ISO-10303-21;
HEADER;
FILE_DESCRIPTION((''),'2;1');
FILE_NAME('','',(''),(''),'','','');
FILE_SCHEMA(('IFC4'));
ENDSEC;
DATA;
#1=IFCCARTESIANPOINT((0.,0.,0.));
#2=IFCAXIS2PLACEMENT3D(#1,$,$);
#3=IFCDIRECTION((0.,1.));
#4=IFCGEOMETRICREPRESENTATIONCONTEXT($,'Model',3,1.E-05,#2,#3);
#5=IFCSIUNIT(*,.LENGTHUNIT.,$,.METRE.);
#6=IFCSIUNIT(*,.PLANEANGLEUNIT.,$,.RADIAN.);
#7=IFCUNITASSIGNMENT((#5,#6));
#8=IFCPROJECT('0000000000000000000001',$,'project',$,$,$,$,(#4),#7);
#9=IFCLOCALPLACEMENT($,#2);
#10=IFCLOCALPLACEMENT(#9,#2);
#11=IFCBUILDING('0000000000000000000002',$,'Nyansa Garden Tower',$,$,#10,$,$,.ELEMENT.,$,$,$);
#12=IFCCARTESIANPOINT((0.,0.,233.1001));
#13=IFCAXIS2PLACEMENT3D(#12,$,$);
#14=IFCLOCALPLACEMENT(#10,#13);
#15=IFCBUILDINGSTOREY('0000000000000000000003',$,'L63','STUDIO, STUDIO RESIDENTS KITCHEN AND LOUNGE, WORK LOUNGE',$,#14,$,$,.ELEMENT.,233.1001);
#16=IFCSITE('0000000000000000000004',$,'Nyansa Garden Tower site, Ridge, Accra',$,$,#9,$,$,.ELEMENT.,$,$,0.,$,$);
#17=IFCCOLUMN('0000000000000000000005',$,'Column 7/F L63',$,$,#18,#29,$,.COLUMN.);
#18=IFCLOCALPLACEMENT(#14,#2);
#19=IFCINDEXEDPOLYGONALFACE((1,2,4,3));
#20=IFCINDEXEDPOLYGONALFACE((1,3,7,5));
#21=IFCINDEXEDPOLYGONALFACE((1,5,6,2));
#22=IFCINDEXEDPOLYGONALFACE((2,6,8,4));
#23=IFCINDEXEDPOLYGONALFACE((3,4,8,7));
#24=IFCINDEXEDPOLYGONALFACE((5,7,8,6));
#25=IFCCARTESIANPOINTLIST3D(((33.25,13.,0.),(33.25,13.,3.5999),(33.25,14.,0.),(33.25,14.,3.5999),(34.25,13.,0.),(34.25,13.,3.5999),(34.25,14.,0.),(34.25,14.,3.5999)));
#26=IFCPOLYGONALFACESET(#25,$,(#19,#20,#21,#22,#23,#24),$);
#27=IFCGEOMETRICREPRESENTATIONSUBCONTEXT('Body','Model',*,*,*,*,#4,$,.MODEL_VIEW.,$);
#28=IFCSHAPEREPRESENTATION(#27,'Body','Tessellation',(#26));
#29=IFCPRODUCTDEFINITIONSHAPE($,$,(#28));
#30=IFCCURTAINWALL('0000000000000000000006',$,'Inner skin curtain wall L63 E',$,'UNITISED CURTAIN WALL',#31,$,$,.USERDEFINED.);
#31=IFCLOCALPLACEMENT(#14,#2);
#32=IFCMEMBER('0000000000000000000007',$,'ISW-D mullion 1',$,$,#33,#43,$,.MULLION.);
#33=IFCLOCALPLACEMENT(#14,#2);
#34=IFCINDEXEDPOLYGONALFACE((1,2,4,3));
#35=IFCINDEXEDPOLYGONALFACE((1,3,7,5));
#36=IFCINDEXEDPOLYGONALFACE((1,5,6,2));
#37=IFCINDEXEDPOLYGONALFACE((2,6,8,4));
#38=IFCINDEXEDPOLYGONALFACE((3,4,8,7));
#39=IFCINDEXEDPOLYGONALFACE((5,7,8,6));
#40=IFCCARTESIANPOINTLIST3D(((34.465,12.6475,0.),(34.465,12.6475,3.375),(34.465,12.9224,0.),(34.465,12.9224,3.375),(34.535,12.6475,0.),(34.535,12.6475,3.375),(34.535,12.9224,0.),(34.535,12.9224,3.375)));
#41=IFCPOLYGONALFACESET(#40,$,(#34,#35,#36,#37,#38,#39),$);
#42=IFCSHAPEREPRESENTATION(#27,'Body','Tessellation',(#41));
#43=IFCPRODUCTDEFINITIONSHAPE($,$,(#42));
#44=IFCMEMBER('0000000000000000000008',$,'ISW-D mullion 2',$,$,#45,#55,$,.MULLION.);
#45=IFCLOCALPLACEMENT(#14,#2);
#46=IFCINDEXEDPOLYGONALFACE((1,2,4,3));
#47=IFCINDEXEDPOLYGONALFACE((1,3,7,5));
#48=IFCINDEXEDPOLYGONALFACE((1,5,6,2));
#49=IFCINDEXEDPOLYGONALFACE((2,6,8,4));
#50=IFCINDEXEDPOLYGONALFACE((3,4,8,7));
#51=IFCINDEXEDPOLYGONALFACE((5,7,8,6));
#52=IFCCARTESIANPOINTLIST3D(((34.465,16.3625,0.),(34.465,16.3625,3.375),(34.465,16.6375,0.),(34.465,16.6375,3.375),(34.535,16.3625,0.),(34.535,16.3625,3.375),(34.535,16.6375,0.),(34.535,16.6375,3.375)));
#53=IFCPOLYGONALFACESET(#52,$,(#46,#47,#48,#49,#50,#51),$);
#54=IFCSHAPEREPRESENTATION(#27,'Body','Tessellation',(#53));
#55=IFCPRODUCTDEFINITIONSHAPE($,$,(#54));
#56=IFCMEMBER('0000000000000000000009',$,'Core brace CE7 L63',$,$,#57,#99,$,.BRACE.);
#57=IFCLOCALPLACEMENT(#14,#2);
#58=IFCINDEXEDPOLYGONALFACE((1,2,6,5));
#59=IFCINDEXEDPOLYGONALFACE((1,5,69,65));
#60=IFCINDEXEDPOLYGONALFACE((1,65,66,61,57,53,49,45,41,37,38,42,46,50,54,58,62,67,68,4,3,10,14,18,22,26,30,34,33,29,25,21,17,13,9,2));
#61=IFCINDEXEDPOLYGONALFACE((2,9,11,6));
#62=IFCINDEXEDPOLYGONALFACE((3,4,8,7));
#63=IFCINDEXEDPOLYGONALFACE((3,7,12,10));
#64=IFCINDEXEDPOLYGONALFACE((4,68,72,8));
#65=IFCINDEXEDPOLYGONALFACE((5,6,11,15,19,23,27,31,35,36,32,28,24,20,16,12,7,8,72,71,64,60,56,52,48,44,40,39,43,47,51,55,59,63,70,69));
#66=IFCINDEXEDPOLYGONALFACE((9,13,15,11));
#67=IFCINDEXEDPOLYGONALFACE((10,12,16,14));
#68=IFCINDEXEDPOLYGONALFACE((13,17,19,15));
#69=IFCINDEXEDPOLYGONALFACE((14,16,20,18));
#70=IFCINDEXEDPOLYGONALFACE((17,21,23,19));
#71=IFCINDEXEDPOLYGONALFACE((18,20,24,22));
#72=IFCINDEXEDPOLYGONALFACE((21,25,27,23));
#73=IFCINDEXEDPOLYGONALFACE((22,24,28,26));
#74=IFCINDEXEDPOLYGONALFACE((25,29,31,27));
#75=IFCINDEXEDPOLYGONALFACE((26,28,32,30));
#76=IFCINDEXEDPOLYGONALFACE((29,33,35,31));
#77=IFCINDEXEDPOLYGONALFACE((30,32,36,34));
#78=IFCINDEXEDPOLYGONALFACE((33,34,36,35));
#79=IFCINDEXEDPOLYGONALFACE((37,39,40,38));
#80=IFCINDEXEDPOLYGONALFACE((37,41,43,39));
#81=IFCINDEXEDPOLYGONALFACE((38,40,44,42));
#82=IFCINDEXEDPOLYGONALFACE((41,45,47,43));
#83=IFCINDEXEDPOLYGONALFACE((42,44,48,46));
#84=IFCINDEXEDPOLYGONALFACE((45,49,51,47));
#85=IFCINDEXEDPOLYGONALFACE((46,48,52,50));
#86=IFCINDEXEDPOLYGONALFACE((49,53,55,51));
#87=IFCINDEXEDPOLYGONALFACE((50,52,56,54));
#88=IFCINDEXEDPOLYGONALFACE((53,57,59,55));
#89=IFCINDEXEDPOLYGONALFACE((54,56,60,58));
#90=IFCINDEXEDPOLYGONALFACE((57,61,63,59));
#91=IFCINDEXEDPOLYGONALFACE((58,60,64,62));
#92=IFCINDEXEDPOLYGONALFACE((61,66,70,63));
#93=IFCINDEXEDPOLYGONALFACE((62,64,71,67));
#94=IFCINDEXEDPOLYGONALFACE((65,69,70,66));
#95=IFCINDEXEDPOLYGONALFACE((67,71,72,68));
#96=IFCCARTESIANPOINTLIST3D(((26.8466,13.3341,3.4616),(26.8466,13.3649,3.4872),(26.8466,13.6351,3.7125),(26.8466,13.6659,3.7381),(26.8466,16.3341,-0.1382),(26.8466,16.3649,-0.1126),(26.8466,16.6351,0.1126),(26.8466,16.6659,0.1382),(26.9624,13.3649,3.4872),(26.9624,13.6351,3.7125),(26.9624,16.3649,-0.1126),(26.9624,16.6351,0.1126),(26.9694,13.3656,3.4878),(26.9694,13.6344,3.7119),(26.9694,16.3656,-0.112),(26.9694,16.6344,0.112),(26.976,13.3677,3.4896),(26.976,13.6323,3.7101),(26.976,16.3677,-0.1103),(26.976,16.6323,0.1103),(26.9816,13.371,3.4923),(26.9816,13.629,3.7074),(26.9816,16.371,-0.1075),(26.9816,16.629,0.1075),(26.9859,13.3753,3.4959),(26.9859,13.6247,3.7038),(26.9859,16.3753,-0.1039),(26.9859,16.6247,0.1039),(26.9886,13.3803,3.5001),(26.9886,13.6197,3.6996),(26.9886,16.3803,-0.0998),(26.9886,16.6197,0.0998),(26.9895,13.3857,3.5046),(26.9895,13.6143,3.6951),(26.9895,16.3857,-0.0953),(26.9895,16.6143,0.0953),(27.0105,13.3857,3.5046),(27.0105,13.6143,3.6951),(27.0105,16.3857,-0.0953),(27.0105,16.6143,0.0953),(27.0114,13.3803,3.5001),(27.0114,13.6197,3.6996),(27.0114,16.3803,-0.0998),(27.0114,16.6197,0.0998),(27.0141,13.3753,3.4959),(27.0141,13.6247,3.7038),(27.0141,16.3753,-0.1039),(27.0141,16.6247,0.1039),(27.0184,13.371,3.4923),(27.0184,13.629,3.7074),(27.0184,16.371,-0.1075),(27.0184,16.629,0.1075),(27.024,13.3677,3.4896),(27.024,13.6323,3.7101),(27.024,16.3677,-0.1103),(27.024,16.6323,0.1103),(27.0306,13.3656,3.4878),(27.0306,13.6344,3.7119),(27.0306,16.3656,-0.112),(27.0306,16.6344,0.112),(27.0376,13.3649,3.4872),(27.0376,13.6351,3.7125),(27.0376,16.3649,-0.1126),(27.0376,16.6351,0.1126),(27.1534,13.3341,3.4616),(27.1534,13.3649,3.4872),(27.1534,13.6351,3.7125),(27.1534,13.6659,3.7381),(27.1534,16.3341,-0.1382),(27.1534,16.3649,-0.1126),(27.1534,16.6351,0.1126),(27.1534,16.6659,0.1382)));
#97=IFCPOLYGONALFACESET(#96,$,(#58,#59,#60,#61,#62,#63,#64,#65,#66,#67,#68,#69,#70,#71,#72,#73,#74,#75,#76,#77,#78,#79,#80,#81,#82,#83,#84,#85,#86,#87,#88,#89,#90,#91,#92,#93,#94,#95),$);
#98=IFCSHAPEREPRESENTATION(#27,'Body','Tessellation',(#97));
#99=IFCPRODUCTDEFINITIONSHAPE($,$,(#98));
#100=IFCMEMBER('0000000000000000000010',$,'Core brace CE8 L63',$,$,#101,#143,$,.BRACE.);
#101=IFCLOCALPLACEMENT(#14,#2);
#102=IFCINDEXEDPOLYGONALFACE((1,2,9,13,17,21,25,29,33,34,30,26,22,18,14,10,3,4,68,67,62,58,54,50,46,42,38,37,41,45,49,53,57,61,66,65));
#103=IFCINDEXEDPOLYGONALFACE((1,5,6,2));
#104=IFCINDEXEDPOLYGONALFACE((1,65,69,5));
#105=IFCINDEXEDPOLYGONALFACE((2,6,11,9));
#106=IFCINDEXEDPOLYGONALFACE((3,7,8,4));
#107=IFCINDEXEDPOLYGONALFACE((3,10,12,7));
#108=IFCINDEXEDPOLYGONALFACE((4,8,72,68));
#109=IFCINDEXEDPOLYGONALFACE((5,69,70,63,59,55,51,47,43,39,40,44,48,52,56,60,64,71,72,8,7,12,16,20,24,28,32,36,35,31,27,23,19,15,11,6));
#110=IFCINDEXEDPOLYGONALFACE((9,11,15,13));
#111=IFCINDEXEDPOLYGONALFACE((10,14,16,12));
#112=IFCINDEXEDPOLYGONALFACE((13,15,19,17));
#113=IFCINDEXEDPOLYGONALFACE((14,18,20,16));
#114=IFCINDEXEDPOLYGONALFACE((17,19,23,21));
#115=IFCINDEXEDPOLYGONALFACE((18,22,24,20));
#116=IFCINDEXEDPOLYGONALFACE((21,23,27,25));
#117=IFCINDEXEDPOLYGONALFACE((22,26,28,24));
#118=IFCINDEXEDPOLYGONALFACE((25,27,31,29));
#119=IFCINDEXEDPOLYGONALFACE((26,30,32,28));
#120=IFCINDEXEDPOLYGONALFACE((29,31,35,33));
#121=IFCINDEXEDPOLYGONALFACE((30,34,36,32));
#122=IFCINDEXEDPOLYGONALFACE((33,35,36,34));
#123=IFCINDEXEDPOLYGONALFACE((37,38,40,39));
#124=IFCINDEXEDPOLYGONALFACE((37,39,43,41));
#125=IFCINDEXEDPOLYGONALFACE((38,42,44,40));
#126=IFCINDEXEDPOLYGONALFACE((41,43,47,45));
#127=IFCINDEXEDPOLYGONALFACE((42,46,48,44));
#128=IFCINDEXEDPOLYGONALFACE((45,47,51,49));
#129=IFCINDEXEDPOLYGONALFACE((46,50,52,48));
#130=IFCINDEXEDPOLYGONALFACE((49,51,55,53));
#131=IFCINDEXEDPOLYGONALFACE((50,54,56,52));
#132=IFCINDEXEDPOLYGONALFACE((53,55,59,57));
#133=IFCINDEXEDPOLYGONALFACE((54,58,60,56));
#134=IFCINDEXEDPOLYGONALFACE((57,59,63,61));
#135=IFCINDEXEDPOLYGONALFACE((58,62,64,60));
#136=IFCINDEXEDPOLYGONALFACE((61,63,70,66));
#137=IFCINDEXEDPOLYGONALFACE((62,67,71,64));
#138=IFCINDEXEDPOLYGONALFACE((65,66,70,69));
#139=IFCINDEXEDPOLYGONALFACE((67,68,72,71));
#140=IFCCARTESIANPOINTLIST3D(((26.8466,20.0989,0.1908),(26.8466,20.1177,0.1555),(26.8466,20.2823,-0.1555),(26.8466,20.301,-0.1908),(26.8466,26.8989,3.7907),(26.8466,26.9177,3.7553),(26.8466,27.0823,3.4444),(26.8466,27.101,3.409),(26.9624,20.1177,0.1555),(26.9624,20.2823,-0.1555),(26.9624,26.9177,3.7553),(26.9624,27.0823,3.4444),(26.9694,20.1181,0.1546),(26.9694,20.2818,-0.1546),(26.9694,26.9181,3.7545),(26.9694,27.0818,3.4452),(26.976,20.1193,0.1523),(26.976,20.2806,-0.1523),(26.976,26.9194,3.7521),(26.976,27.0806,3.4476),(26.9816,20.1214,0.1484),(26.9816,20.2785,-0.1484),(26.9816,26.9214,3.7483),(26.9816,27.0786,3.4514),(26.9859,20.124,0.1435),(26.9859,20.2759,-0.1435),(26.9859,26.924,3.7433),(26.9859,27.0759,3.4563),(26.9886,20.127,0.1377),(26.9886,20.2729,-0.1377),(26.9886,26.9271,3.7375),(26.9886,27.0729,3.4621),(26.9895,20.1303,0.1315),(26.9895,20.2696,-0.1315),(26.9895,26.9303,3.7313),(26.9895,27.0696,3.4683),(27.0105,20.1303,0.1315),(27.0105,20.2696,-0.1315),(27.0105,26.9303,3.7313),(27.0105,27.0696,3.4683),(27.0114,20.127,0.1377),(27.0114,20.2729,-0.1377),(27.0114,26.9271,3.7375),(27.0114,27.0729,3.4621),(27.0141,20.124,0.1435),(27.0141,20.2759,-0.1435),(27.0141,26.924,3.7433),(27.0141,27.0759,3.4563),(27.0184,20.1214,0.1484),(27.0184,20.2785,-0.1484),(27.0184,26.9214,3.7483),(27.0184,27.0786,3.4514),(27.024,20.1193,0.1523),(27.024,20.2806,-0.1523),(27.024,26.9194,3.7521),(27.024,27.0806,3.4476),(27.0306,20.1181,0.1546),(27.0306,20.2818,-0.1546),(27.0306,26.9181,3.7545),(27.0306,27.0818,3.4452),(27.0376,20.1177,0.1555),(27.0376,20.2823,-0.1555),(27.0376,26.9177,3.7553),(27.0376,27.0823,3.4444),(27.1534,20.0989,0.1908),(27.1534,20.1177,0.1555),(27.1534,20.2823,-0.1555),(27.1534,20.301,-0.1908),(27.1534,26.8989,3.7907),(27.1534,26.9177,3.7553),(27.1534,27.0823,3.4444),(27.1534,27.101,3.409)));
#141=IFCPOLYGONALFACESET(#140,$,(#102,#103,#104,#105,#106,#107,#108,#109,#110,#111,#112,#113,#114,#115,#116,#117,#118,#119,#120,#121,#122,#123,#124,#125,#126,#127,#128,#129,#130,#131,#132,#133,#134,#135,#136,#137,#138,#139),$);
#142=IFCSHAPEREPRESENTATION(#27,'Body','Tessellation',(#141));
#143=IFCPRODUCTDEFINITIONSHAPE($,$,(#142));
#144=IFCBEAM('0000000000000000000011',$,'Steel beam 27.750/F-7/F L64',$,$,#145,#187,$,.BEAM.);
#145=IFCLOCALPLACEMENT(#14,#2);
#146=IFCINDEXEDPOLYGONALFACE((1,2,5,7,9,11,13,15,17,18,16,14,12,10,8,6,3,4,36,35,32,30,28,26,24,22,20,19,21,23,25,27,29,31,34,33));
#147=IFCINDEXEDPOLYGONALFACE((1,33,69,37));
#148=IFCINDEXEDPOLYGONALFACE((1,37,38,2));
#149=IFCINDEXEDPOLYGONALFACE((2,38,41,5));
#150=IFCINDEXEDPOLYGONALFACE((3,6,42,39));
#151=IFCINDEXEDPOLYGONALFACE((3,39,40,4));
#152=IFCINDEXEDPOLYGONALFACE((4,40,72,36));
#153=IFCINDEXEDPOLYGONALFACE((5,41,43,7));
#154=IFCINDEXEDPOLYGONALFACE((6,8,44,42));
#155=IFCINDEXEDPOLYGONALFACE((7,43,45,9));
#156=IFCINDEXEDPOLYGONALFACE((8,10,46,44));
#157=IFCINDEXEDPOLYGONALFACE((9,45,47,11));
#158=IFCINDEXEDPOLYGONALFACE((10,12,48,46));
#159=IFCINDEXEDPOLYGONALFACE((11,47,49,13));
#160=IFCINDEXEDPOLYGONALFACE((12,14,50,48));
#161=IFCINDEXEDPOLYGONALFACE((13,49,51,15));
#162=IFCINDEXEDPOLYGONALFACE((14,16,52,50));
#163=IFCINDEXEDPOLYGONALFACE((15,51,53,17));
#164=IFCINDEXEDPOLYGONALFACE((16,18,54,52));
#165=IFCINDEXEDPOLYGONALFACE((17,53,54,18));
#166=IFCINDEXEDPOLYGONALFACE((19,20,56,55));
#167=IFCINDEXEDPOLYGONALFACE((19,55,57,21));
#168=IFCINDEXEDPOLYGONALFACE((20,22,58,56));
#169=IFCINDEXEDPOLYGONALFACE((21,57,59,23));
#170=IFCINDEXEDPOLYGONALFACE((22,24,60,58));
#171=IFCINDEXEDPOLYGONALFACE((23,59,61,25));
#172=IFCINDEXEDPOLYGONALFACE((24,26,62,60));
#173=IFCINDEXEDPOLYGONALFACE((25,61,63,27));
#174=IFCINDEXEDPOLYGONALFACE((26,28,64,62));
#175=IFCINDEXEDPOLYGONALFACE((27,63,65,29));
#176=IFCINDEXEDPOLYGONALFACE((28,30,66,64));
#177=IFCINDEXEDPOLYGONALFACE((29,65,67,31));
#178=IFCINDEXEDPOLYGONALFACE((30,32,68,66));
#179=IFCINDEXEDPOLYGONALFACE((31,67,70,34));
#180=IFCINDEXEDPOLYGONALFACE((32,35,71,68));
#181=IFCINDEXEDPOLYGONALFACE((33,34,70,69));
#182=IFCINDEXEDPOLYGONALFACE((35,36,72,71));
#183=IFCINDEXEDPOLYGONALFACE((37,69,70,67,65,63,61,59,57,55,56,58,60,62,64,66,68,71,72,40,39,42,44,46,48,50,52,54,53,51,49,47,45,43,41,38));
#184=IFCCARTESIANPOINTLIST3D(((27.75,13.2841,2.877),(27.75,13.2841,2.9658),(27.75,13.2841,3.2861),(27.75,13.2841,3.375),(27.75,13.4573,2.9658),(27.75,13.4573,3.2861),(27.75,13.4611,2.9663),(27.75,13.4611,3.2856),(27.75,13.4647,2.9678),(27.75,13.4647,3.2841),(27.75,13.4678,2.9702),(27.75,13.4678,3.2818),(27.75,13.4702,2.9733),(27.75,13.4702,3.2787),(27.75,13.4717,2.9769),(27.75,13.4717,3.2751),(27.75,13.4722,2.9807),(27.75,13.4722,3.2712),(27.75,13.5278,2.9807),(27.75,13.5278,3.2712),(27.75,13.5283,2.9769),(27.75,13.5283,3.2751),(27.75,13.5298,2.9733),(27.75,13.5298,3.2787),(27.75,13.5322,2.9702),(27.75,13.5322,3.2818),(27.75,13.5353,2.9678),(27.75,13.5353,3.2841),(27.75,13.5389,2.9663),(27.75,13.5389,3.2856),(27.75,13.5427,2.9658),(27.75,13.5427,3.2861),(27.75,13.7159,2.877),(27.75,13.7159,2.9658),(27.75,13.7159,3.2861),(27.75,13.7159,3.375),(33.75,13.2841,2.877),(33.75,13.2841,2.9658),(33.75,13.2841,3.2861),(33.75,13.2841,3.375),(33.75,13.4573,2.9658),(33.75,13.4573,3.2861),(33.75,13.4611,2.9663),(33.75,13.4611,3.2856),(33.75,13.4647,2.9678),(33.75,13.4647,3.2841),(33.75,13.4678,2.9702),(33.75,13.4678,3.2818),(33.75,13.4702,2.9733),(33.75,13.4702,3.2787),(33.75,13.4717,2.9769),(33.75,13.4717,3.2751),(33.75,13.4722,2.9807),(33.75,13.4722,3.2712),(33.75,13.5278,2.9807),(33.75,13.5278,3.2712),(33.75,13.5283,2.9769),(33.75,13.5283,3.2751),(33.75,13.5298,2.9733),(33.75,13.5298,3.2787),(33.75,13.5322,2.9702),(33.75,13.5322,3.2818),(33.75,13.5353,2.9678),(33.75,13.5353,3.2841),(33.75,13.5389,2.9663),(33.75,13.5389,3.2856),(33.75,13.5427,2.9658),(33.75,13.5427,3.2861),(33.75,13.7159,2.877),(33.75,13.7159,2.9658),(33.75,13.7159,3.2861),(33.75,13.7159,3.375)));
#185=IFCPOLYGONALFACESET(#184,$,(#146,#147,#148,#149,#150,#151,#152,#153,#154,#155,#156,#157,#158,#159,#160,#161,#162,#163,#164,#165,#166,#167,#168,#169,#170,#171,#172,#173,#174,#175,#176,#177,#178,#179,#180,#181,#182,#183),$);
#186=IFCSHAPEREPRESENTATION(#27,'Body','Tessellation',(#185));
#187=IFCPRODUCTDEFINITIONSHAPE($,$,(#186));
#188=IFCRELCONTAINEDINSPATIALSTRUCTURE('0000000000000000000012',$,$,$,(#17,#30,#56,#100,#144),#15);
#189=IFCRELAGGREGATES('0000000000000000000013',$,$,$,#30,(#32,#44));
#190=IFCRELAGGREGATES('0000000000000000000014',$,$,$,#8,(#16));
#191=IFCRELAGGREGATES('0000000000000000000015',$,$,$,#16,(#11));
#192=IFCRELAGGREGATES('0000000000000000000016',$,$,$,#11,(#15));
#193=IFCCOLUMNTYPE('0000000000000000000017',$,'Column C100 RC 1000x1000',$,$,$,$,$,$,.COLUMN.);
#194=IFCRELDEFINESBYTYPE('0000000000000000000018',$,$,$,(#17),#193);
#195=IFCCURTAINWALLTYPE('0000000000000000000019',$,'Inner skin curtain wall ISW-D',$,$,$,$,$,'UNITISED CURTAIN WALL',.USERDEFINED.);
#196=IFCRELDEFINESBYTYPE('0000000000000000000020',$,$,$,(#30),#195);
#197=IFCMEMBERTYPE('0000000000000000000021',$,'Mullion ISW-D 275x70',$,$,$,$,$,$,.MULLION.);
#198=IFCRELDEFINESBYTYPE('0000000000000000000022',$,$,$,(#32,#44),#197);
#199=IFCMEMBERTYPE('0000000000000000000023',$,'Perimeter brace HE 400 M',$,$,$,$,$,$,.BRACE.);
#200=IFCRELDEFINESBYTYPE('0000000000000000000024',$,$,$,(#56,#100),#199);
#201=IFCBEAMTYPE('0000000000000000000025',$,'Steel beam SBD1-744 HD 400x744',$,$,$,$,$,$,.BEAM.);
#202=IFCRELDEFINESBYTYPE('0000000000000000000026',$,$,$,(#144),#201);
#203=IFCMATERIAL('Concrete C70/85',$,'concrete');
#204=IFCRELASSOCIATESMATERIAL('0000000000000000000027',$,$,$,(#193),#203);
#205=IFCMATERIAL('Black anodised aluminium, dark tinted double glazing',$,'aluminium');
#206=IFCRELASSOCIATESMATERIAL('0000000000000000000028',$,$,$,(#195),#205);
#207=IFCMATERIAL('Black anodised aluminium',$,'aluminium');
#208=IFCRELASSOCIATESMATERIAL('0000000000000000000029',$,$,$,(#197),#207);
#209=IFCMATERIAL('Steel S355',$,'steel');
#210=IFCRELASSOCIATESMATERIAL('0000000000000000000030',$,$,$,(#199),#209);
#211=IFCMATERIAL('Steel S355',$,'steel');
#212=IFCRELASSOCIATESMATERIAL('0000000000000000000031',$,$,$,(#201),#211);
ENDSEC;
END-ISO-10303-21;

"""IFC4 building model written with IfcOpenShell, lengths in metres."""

from ifc_helpers import new_model, si_unit, direction, frame, origin, origin_2d, place, context, subcontext, project, spatial, rectangle, i_section, extrude, material, material_profile, profile_set, type_object, element, aggregate, save


model = new_model("IFC4")

# Units and contexts
model_context = context("Model", 3, precision=1e-05, world=origin(), true_north=direction((0.0, 1.0)))
body_context = subcontext(model_context, "Body", "Model", "MODEL_VIEW")
ifc_project = project(units=[si_unit("LENGTHUNIT", "METRE"), si_unit("PLANEANGLEUNIT", "RADIAN")], contexts=[model_context])

# Site, building, storey
site_placement = place(None, origin())
site = spatial("IfcSite", under=ifc_project, at=site_placement, Name="Nyansa Garden Tower site, Ridge, Accra", CompositionType="ELEMENT", RefElevation=0.0)
building_placement = place(site_placement, origin())
building = spatial("IfcBuilding", under=site, at=building_placement, Name="Nyansa Garden Tower", CompositionType="ELEMENT")
storey_placement = place(building_placement, frame((0.0, 0.0, 233.1001)))
storey = spatial("IfcBuildingStorey", under=building, at=storey_placement, Name="L63", Description="STUDIO, STUDIO RESIDENTS KITCHEN AND LOUNGE, WORK LOUNGE", CompositionType="ELEMENT", Elevation=233.1001)

# Column
ifc_material_1 = material(Name="Concrete C70/85", Category="concrete")
ifc_material_profile_1 = material_profile(ifc_material_1, rectangle(XDim=1.0, YDim=1.0, at=origin_2d()), Name="RC 1000x1000")
ifc_profile_set_1 = profile_set([ifc_material_profile_1], Name="Concrete C70/85")
column_type = type_object("IfcColumnType", Name="Column C100 RC 1000x1000", PredefinedType="COLUMN", material=ifc_profile_set_1)
column_placement = place(storey_placement, frame((33.75, 13.5, 0.0), z_axis=(0.0, 0.0, 1.0), x_axis=(1.0, 0.0, 0.0)))
element("IfcColumn", 1, at=column_placement, inside=storey, type_object=column_type, Name="Column 7/F L63", PredefinedType="COLUMN", context=body_context, shape_type="SweptSolid", body=[
    extrude(rectangle(XDim=1.0, YDim=1.0, at=origin_2d()), origin(), (0.0, 0.0, 1.0), 3.5999),
])

# Curtain wall, members
ifc_material_2 = material(Name="Black anodised aluminium, dark tinted double glazing", Category="aluminium")
curtain_wall_type = type_object("IfcCurtainWallType", Name="Inner skin curtain wall ISW-D", ElementType="UNITISED CURTAIN WALL", PredefinedType="USERDEFINED", material=ifc_material_2)
curtain_wall_placement = place(storey_placement, origin())
curtain_wall = element("IfcCurtainWall", 2, at=curtain_wall_placement, inside=storey, type_object=curtain_wall_type, Name="Inner skin curtain wall L63 E", ObjectType="UNITISED CURTAIN WALL", PredefinedType="USERDEFINED")
ifc_material_3 = material(Name="Black anodised aluminium", Category="aluminium")
ifc_material_profile_2 = material_profile(ifc_material_3, rectangle(XDim=0.0701, YDim=0.2749, at=origin_2d()), Name="Mullion 275x70")
ifc_profile_set_2 = profile_set([ifc_material_profile_2], Name="Black anodised aluminium")
member_type_1 = type_object("IfcMemberType", Name="Mullion ISW-D 275x70", PredefinedType="MULLION", material=ifc_profile_set_2)
member_1_placement = place(storey_placement, frame((34.5, 12.7849, 0.0), z_axis=(0.0, 0.0, 1.0), x_axis=(-1.0, 0.0, 0.0)))
member_1 = element("IfcMember", 3, at=member_1_placement, type_object=member_type_1, Name="ISW-D mullion 1", PredefinedType="MULLION", context=body_context, shape_type="SweptSolid", body=[
    extrude(rectangle(XDim=0.0701, YDim=0.2749, at=origin_2d()), origin(), (0.0, 0.0, 1.0), 3.375),
])
member_2_placement = place(storey_placement, frame((34.5, 16.5, 0.0), z_axis=(0.0, 0.0, 1.0), x_axis=(-1.0, 0.0, 0.0)))
member_2 = element("IfcMember", 4, at=member_2_placement, type_object=member_type_1, Name="ISW-D mullion 2", PredefinedType="MULLION", context=body_context, shape_type="SweptSolid", body=[
    extrude(rectangle(XDim=0.0701, YDim=0.2749, at=origin_2d()), origin(), (0.0, 0.0, 1.0), 3.375),
])

# Members
ifc_material_4 = material(Name="Steel S355", Category="steel")
ifc_material_profile_3 = material_profile(ifc_material_4, i_section(OverallWidth=0.3069, OverallDepth=0.4319, WebThickness=0.021, FlangeThickness=0.04, FilletRadius=0.0271, at=origin_2d()), Name="HE 400 M")
ifc_profile_set_3 = profile_set([ifc_material_profile_3], Name="Steel S355")
member_type_2 = type_object("IfcMemberType", Name="Perimeter brace HE 400 M", PredefinedType="BRACE", material=ifc_profile_set_3)
member_3_placement = place(storey_placement, frame((27.0, 16.5, 0.0), z_axis=(0.0, -0.6402, 0.768208), x_axis=(1.0, 0.0, 0.0)))
element("IfcMember", 5, at=member_3_placement, inside=storey, type_object=member_type_2, Name="Core brace CE7 L63", PredefinedType="BRACE", context=body_context, shape_type="SweptSolid", body=[
    extrude(i_section(OverallWidth=0.3069, OverallDepth=0.4319, WebThickness=0.021, FlangeThickness=0.04, FilletRadius=0.0271, at=origin_2d()), origin(), (0.0, 0.0, 1.0), 4.686),
])
member_4_placement = place(storey_placement, frame((27.0, 20.2, 0.0), z_axis=(0.0, 0.883797, 0.46787), x_axis=(-1.0, 0.0, 0.0)))
element("IfcMember", 6, at=member_4_placement, inside=storey, type_object=member_type_2, Name="Core brace CE8 L63", PredefinedType="BRACE", context=body_context, shape_type="SweptSolid", body=[
    extrude(i_section(OverallWidth=0.3069, OverallDepth=0.4319, WebThickness=0.021, FlangeThickness=0.04, FilletRadius=0.0271, at=origin_2d()), origin(), (0.0, 0.0, 1.0), 7.6941),
])

# Beam
ifc_material_5 = material(Name="Steel S355", Category="steel")
ifc_material_profile_4 = material_profile(ifc_material_5, i_section(OverallWidth=0.4319, OverallDepth=0.498, WebThickness=0.0557, FlangeThickness=0.0889, FilletRadius=0.0149, at=origin_2d()), Name="HD 400x744")
ifc_profile_set_4 = profile_set([ifc_material_profile_4], Name="Steel S355")
beam_type_1 = type_object("IfcBeamType", Name="Steel beam SBD1-744 HD 400x744", PredefinedType="BEAM", material=ifc_profile_set_4)
beam_1_placement = place(storey_placement, frame((27.75, 13.5, 3.126), z_axis=(1.0, 0.0, 0.0), x_axis=(0.0, 1.0, 0.0)))
element("IfcBeam", 7, at=beam_1_placement, inside=storey, type_object=beam_type_1, Name="Steel beam 27.750/F-7/F L64", PredefinedType="BEAM", context=body_context, shape_type="SweptSolid", body=[
    extrude(i_section(OverallWidth=0.4319, OverallDepth=0.498, WebThickness=0.0557, FlangeThickness=0.0889, FilletRadius=0.0149, at=origin_2d()), origin(), (0.0, 0.0, 1.0), 6.0),
])

aggregate(curtain_wall, [member_1, member_2])

save(model, "model.ifc")
